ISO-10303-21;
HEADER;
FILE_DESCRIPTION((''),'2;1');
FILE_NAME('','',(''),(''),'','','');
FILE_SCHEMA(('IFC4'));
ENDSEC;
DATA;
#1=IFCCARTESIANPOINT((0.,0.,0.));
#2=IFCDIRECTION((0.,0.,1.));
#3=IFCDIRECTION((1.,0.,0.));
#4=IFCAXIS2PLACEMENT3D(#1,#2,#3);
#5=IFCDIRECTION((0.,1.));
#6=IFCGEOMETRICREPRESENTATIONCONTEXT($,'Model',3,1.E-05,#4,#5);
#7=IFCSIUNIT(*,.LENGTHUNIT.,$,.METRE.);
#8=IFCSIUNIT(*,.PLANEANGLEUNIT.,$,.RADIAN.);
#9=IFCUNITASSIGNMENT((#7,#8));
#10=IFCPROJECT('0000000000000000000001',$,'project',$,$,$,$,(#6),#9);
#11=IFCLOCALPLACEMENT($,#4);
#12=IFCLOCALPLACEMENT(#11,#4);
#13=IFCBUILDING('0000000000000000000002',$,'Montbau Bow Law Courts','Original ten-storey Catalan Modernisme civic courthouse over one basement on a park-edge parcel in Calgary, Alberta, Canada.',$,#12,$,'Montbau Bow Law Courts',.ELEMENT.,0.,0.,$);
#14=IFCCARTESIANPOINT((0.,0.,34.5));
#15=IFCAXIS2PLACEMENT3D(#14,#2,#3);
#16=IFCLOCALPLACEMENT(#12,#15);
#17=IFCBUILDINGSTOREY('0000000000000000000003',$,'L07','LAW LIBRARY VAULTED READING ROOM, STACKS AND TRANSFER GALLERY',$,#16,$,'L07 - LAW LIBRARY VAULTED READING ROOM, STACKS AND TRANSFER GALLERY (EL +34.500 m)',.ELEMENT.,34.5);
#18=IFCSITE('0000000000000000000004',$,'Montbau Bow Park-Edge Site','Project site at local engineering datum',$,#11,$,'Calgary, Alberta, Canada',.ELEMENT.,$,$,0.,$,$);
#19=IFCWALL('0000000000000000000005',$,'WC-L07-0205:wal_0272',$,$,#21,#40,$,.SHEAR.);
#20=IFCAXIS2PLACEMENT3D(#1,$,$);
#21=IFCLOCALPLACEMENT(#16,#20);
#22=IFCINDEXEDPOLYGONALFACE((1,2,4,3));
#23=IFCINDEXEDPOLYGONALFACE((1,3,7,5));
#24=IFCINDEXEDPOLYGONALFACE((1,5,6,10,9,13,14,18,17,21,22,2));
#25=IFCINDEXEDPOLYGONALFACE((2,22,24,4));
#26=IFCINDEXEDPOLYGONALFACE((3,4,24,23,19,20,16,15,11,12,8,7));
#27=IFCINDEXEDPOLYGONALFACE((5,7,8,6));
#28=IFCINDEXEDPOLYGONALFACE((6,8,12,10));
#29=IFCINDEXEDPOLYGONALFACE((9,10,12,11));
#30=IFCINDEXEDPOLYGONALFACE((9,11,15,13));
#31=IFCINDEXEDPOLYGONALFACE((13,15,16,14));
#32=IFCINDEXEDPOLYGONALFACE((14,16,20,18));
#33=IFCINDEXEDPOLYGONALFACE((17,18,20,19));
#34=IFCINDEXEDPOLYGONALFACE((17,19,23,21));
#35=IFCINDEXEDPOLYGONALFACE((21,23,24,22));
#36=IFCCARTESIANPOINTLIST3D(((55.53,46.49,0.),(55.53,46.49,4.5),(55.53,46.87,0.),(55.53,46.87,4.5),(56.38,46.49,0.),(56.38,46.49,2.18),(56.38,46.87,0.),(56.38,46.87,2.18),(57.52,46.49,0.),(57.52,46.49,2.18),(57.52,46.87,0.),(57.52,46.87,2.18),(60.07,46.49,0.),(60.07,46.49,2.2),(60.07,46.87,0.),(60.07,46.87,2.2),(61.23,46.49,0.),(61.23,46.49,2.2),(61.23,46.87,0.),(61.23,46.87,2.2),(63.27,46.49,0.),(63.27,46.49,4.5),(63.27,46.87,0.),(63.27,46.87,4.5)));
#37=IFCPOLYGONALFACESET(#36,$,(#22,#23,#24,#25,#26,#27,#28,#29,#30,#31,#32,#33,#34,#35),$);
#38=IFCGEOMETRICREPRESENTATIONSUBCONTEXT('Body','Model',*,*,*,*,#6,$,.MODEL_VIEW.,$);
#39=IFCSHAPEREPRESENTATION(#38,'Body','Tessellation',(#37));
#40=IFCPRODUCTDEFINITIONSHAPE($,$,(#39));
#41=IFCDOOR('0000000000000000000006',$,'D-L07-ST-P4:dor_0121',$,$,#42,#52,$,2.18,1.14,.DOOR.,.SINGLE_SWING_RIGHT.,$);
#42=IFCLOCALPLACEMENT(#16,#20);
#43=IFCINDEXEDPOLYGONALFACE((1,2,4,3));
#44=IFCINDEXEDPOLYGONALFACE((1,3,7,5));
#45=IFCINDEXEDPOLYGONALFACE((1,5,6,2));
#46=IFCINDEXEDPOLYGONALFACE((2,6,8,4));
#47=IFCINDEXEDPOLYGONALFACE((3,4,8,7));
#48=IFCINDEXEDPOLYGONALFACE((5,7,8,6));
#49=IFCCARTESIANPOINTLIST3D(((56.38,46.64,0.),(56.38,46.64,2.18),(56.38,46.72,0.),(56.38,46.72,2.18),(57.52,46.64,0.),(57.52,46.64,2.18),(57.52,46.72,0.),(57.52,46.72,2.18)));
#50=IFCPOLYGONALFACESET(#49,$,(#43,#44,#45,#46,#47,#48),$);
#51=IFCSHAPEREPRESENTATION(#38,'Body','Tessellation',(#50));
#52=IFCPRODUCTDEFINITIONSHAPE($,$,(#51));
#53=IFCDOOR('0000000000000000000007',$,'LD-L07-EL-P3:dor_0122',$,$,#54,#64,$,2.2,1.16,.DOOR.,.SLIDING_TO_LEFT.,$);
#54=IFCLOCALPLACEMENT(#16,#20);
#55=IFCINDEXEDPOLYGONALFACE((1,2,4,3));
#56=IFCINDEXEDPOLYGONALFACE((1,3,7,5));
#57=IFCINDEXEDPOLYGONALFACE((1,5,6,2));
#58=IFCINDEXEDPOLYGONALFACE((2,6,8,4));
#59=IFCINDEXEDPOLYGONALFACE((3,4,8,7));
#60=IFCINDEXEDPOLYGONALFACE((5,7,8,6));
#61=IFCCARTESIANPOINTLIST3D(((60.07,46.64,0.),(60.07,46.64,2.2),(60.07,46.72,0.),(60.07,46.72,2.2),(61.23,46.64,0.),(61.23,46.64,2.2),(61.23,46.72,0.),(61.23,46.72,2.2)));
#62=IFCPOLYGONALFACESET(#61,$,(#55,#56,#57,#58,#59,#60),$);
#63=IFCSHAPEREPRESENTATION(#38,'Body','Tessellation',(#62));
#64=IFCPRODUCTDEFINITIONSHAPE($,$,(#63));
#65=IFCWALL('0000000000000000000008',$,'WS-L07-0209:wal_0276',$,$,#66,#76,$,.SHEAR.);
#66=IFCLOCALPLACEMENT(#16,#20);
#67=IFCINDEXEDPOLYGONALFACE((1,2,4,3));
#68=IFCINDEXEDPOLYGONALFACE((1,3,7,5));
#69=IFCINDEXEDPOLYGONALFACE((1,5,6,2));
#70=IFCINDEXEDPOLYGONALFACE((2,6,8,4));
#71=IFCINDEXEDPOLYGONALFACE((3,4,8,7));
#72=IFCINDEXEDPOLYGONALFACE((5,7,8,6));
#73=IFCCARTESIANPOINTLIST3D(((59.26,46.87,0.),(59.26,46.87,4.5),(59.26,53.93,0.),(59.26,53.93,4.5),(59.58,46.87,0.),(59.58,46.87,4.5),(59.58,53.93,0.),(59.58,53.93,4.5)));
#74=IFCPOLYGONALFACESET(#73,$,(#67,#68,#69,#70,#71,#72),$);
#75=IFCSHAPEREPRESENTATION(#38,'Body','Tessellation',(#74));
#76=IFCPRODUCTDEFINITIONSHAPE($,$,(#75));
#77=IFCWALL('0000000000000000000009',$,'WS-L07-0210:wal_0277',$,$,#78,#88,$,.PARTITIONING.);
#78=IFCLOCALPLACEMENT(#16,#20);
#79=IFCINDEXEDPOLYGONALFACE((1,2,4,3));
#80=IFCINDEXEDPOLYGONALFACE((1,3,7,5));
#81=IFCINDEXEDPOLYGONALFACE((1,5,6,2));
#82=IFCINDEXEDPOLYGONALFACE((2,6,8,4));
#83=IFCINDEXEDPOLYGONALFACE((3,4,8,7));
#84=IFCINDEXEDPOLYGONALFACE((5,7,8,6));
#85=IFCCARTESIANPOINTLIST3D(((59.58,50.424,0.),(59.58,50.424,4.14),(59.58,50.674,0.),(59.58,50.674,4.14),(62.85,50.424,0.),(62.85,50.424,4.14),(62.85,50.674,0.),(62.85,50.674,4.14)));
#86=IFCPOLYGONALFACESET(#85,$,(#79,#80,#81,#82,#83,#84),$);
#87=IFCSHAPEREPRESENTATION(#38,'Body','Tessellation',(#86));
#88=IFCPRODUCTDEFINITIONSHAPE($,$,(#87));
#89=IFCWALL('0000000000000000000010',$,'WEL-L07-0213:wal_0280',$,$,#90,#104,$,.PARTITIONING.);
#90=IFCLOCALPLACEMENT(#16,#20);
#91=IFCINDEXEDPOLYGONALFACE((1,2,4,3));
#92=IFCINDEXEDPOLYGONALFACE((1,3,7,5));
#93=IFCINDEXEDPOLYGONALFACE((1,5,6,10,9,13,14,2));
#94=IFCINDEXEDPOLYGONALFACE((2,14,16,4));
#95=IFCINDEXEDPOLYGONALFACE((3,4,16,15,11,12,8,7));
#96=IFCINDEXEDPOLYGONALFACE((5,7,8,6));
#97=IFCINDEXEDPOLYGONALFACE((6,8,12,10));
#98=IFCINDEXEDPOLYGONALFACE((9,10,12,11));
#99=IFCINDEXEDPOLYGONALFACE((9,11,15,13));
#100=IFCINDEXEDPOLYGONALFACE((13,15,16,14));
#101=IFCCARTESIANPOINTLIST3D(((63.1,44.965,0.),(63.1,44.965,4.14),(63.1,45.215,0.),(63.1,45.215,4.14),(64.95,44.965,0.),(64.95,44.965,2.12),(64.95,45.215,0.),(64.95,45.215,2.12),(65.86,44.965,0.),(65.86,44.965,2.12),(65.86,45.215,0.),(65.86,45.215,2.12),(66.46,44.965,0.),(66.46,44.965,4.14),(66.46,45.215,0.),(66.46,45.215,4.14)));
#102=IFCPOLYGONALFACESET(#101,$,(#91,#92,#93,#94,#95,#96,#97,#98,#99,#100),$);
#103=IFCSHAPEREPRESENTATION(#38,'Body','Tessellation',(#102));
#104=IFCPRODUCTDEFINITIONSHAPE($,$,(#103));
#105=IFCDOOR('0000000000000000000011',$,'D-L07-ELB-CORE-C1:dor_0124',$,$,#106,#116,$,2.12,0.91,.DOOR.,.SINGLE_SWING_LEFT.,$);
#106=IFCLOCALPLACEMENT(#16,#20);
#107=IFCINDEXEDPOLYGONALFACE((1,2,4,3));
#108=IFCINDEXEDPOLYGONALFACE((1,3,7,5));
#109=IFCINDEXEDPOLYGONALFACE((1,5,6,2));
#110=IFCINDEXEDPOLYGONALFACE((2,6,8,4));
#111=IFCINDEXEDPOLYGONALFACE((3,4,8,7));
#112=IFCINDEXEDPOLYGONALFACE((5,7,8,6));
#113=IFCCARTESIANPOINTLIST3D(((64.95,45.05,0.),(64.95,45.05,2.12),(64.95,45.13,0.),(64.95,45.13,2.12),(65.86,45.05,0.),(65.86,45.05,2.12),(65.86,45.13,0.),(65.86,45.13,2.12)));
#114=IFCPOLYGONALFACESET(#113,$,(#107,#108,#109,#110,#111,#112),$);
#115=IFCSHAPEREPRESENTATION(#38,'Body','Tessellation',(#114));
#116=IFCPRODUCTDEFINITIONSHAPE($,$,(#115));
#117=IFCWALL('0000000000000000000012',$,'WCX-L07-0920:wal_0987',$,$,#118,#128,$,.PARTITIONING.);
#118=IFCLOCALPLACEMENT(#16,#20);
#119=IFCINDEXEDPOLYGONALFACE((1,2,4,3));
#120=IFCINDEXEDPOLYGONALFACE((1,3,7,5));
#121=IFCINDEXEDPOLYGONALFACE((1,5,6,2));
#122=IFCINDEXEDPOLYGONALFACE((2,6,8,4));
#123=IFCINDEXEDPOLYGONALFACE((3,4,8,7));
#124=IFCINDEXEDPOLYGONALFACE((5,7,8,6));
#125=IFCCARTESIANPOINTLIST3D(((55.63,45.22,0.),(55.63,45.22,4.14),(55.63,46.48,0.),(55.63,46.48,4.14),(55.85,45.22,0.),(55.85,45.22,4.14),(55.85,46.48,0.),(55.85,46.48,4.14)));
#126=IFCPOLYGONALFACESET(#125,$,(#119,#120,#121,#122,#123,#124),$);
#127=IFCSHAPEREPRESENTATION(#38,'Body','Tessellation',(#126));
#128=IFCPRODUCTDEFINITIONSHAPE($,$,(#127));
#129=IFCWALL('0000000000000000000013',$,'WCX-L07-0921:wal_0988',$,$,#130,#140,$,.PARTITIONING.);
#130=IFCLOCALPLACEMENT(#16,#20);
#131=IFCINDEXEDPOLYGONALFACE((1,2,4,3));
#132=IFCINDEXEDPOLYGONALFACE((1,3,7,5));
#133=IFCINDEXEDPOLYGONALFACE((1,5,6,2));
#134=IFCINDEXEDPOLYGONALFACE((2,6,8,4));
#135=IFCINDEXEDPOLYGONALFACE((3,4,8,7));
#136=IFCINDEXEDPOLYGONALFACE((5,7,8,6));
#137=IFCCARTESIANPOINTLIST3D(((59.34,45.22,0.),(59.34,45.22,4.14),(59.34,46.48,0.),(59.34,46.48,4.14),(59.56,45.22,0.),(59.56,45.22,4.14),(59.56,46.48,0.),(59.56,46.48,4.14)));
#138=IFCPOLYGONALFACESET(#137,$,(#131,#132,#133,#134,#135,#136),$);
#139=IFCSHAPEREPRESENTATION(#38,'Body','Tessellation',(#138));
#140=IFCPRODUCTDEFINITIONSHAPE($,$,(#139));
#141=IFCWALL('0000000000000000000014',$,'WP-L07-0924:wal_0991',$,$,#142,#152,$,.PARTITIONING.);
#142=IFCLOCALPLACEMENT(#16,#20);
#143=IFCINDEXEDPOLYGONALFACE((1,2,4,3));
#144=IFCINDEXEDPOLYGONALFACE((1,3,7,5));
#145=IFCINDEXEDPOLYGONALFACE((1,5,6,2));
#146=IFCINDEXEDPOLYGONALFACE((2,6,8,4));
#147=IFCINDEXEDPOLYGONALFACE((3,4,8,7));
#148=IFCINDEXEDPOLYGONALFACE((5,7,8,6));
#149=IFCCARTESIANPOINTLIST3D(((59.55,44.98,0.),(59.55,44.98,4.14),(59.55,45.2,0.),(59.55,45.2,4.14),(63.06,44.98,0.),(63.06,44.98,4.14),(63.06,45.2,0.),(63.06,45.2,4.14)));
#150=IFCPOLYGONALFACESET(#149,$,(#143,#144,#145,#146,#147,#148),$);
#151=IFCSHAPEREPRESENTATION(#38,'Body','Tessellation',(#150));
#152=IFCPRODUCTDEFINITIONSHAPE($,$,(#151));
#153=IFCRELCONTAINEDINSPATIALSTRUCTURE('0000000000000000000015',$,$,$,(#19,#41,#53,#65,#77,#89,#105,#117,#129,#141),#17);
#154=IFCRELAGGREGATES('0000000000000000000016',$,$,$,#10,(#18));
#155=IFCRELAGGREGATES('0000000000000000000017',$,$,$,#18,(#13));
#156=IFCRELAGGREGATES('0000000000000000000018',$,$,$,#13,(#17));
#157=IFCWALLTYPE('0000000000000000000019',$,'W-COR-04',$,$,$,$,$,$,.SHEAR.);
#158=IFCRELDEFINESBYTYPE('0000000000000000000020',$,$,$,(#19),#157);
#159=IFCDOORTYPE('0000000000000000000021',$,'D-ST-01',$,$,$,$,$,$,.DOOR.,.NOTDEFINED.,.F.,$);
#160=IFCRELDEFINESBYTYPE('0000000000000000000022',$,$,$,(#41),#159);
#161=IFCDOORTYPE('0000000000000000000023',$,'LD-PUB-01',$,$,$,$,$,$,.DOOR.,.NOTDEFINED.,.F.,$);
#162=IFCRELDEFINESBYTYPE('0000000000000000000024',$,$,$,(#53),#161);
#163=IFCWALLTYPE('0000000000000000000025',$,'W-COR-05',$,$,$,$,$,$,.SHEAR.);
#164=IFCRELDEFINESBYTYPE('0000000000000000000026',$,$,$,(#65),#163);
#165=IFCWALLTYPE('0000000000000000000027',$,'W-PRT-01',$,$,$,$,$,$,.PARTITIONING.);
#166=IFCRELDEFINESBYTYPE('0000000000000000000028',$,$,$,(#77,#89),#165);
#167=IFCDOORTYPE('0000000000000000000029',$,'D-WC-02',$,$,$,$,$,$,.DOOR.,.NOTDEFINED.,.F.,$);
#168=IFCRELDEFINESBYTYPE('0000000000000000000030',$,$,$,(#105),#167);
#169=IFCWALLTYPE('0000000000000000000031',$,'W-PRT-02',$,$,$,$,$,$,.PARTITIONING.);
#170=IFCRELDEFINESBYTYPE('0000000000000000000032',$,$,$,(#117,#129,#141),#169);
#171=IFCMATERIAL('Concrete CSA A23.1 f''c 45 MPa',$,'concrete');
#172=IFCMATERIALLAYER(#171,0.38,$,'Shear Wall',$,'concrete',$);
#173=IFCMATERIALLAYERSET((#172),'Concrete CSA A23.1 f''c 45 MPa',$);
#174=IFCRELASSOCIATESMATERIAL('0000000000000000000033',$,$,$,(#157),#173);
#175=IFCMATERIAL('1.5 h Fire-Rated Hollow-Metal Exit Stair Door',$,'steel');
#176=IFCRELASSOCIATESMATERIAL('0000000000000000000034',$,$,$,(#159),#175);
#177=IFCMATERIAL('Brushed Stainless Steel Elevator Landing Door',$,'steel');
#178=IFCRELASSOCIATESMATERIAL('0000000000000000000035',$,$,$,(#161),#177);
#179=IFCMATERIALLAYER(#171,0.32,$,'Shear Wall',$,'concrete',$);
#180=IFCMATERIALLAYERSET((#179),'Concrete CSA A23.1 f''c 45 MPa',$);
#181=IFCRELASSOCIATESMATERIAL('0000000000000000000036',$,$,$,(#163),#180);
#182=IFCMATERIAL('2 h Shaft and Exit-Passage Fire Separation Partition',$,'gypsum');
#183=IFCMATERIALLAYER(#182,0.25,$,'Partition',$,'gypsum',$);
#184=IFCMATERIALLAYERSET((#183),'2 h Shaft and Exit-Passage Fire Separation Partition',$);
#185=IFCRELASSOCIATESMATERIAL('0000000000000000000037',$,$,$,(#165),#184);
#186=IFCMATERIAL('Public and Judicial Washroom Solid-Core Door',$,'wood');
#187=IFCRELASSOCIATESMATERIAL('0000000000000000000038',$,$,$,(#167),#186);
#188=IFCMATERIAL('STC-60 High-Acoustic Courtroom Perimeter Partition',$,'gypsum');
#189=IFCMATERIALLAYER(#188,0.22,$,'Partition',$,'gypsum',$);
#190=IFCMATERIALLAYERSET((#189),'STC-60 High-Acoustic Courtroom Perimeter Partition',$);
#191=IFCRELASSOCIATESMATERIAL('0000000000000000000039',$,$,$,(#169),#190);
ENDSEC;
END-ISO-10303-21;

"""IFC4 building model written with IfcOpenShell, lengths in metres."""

from ifc_helpers import new_model, si_unit, direction, frame, frame_2d, origin_with_axes, place, context, subcontext, project, spatial, rectangle, extrude, material, layer, layer_set, type_object, element, fill, save


model = new_model("IFC4")

# Units and contexts
model_context = context("Model", 3, precision=1e-05, world=origin_with_axes(), true_north=direction((0.0, 1.0)))
body_context = subcontext(model_context, "Body", "Model", "MODEL_VIEW")
ifc_project = project(units=[si_unit("LENGTHUNIT", "METRE"), si_unit("PLANEANGLEUNIT", "RADIAN")], contexts=[model_context])

# Site, building, storey
site_placement = place(None, origin_with_axes())
site = spatial("IfcSite", under=ifc_project, at=site_placement, Name="Montbau Bow Park-Edge Site", Description="Project site at local engineering datum", LongName="Calgary, Alberta, Canada", CompositionType="ELEMENT", RefElevation=0.0)
building_placement = place(site_placement, origin_with_axes())
building = spatial("IfcBuilding", under=site, at=building_placement, Name="Montbau Bow Law Courts", Description="Original ten-storey Catalan Modernisme civic courthouse over one basement on a park-edge parcel in Calgary, Alberta, Canada.", LongName="Montbau Bow Law Courts", CompositionType="ELEMENT", ElevationOfRefHeight=0.0, ElevationOfTerrain=0.0)
storey_placement = place(building_placement, frame((0.0, 0.0, 34.5), z_axis=(0.0, 0.0, 1.0), x_axis=(1.0, 0.0, 0.0)))
storey = spatial("IfcBuildingStorey", under=building, at=storey_placement, Name="L07", Description="LAW LIBRARY VAULTED READING ROOM, STACKS AND TRANSFER GALLERY", LongName="L07 - LAW LIBRARY VAULTED READING ROOM, STACKS AND TRANSFER GALLERY (EL +34.500 m)", CompositionType="ELEMENT", Elevation=34.5)

# Shared definitions
ifc_material_1 = material(Name="Concrete CSA A23.1 f'c 45 MPa", Category="concrete")

# Wall, openings, doors
ifc_layer_1 = layer(ifc_material_1, 0.38, Name="Shear Wall", Category="concrete")
ifc_layer_set_1 = layer_set([ifc_layer_1], Name="Concrete CSA A23.1 f'c 45 MPa")
wall_type_1 = type_object("IfcWallType", Name="W-COR-04", PredefinedType="SHEAR", material=ifc_layer_set_1)
wall_1_placement = place(None, frame((55.53, 46.68, 34.5), z_axis=(0.0, 0.0, 1.0), x_axis=(1.0, 0.0, 0.0)))
wall_1 = element("IfcWall", 1, at=wall_1_placement, inside=storey, type_object=wall_type_1, Name="WC-L07-0205:wal_0272", PredefinedType="SHEAR", context=body_context, shape_type="SweptSolid", body=[
    extrude(rectangle(XDim=7.74, YDim=0.38, at=frame_2d((3.87, 0.0), x_axis=(1.0, 0.0))), origin_with_axes(), (0.0, 0.0, 1.0), 4.5),
])
opening_1_placement = place(None, frame((56.95, 46.68, 34.5), z_axis=(0.0, 0.0, 1.0), x_axis=(1.0, 0.0, 0.0)))
opening_1 = element("IfcOpeningElement", 2, at=opening_1_placement, cuts=wall_1, PredefinedType="OPENING", context=body_context, shape_type="SweptSolid", body=[
    extrude(rectangle(XDim=1.14, YDim=2.18, at=frame_2d((0.0, 1.09), x_axis=(1.0, 0.0))), frame((0.0, 0.2, 0.0), z_axis=(0.0, -1.0, 0.0), x_axis=(1.0, 0.0, 0.0)), (0.0, 0.0, 1.0), 0.4),
])
opening_2_placement = place(None, frame((60.65, 46.68, 34.5), z_axis=(0.0, 0.0, 1.0), x_axis=(1.0, 0.0, 0.0)))
opening_2 = element("IfcOpeningElement", 3, at=opening_2_placement, cuts=wall_1, PredefinedType="OPENING", context=body_context, shape_type="SweptSolid", body=[
    extrude(rectangle(XDim=1.16, YDim=2.2, at=frame_2d((0.0, 1.1), x_axis=(1.0, 0.0))), frame((0.0, 0.2, 0.0), z_axis=(0.0, -1.0, 0.0), x_axis=(1.0, 0.0, 0.0)), (0.0, 0.0, 1.0), 0.4),
])
ifc_material_2 = material(Name="1.5 h Fire-Rated Hollow-Metal Exit Stair Door", Category="steel")
door_type_1 = type_object("IfcDoorType", Name="D-ST-01", OperationType="NOTDEFINED", ParameterTakesPrecedence=False, PredefinedType="DOOR", material=ifc_material_2)
door_1_placement = place(None, frame((56.95, 46.68, 34.5), z_axis=(0.0, 0.0, 1.0), x_axis=(-1.0, 0.0, 0.0)))
door_1 = element("IfcDoor", 4, at=door_1_placement, inside=storey, type_object=door_type_1, Name="D-L07-ST-P4:dor_0121", OperationType="SINGLE_SWING_RIGHT", OverallHeight=2.18, OverallWidth=1.14, PredefinedType="DOOR", context=body_context, shape_type="SweptSolid", body=[
    extrude(rectangle(XDim=1.14, YDim=2.18, at=frame_2d((0.0, 1.09), x_axis=(1.0, 0.0))), frame((0.0, 0.04, 0.0), z_axis=(0.0, -1.0, 0.0), x_axis=(1.0, 0.0, 0.0)), (0.0, 0.0, 1.0), 0.08),
])
fill(opening_1, door_1)
ifc_material_3 = material(Name="Brushed Stainless Steel Elevator Landing Door", Category="steel")
door_type_2 = type_object("IfcDoorType", Name="LD-PUB-01", OperationType="NOTDEFINED", ParameterTakesPrecedence=False, PredefinedType="DOOR", material=ifc_material_3)
door_2_placement = place(None, frame((60.65, 46.68, 34.5), z_axis=(0.0, 0.0, 1.0), x_axis=(-1.0, 0.0, 0.0)))
door_2 = element("IfcDoor", 5, at=door_2_placement, inside=storey, type_object=door_type_2, Name="LD-L07-EL-P3:dor_0122", OperationType="SLIDING_TO_LEFT", OverallHeight=2.2, OverallWidth=1.16, PredefinedType="DOOR", context=body_context, shape_type="SweptSolid", body=[
    extrude(rectangle(XDim=1.16, YDim=2.2, at=frame_2d((0.0, 1.1), x_axis=(1.0, 0.0))), frame((0.0, 0.04, 0.0), z_axis=(0.0, -1.0, 0.0), x_axis=(1.0, 0.0, 0.0)), (0.0, 0.0, 1.0), 0.08),
])
fill(opening_2, door_2)

# Walls
ifc_layer_2 = layer(ifc_material_1, 0.32, Name="Shear Wall", Category="concrete")
ifc_layer_set_2 = layer_set([ifc_layer_2], Name="Concrete CSA A23.1 f'c 45 MPa")
wall_type_2 = type_object("IfcWallType", Name="W-COR-05", PredefinedType="SHEAR", material=ifc_layer_set_2)
wall_2_placement = place(None, frame((59.42, 46.87, 34.5), z_axis=(0.0, 0.0, 1.0), x_axis=(0.0, 1.0, 0.0)))
element("IfcWall", 6, at=wall_2_placement, inside=storey, type_object=wall_type_2, Name="WS-L07-0209:wal_0276", PredefinedType="SHEAR", context=body_context, shape_type="SweptSolid", body=[
    extrude(rectangle(XDim=7.06, YDim=0.32, at=frame_2d((3.53, 0.0), x_axis=(1.0, 0.0))), origin_with_axes(), (0.0, 0.0, 1.0), 4.5),
])
ifc_material_4 = material(Name="2 h Shaft and Exit-Passage Fire Separation Partition", Category="gypsum")
ifc_layer_3 = layer(ifc_material_4, 0.25, Name="Partition", Category="gypsum")
ifc_layer_set_3 = layer_set([ifc_layer_3], Name="2 h Shaft and Exit-Passage Fire Separation Partition")
wall_type_3 = type_object("IfcWallType", Name="W-PRT-01", PredefinedType="PARTITIONING", material=ifc_layer_set_3)
wall_3_placement = place(None, frame((59.58, 50.549, 34.5), z_axis=(0.0, 0.0, 1.0), x_axis=(1.0, 0.0, 0.0)))
element("IfcWall", 7, at=wall_3_placement, inside=storey, type_object=wall_type_3, Name="WS-L07-0210:wal_0277", PredefinedType="PARTITIONING", context=body_context, shape_type="SweptSolid", body=[
    extrude(rectangle(XDim=3.27, YDim=0.25, at=frame_2d((1.635, 0.0), x_axis=(1.0, 0.0))), origin_with_axes(), (0.0, 0.0, 1.0), 4.14),
])

# Wall, opening, door
wall_4_placement = place(None, frame((63.1, 45.09, 34.5), z_axis=(0.0, 0.0, 1.0), x_axis=(1.0, 0.0, 0.0)))
wall_4 = element("IfcWall", 8, at=wall_4_placement, inside=storey, type_object=wall_type_3, Name="WEL-L07-0213:wal_0280", PredefinedType="PARTITIONING", context=body_context, shape_type="SweptSolid", body=[
    extrude(rectangle(XDim=3.36, YDim=0.25, at=frame_2d((1.68, 0.0), x_axis=(1.0, 0.0))), origin_with_axes(), (0.0, 0.0, 1.0), 4.14),
])
opening_3_placement = place(None, frame((65.405, 45.09, 34.5), z_axis=(0.0, 0.0, 1.0), x_axis=(1.0, 0.0, 0.0)))
opening_3 = element("IfcOpeningElement", 9, at=opening_3_placement, cuts=wall_4, PredefinedType="OPENING", context=body_context, shape_type="SweptSolid", body=[
    extrude(rectangle(XDim=0.91, YDim=2.12, at=frame_2d((0.0, 1.06), x_axis=(1.0, 0.0))), frame((0.0, 0.135, 0.0), z_axis=(0.0, -1.0, 0.0), x_axis=(1.0, 0.0, 0.0)), (0.0, 0.0, 1.0), 0.27),
])
ifc_material_5 = material(Name="Public and Judicial Washroom Solid-Core Door", Category="wood")
door_type_3 = type_object("IfcDoorType", Name="D-WC-02", OperationType="NOTDEFINED", ParameterTakesPrecedence=False, PredefinedType="DOOR", material=ifc_material_5)
door_3_placement = place(None, frame((65.405, 45.09, 34.5), z_axis=(0.0, 0.0, 1.0), x_axis=(1.0, 0.0, 0.0)))
door_3 = element("IfcDoor", 10, at=door_3_placement, inside=storey, type_object=door_type_3, Name="D-L07-ELB-CORE-C1:dor_0124", OperationType="SINGLE_SWING_LEFT", OverallHeight=2.12, OverallWidth=0.91, PredefinedType="DOOR", context=body_context, shape_type="SweptSolid", body=[
    extrude(rectangle(XDim=0.91, YDim=2.12, at=frame_2d((0.0, 1.06), x_axis=(1.0, 0.0))), frame((0.0, 0.04, 0.0), z_axis=(0.0, -1.0, 0.0), x_axis=(1.0, 0.0, 0.0)), (0.0, 0.0, 1.0), 0.08),
])
fill(opening_3, door_3)

# Walls
ifc_material_6 = material(Name="STC-60 High-Acoustic Courtroom Perimeter Partition", Category="gypsum")
ifc_layer_4 = layer(ifc_material_6, 0.22, Name="Partition", Category="gypsum")
ifc_layer_set_4 = layer_set([ifc_layer_4], Name="STC-60 High-Acoustic Courtroom Perimeter Partition")
wall_type_4 = type_object("IfcWallType", Name="W-PRT-02", PredefinedType="PARTITIONING", material=ifc_layer_set_4)
for number, where, z_axis, x_axis, name in (
    (11, (55.74, 45.22, 34.5), (0.0, 0.0, 1.0), (0.0, 1.0, 0.0), "WCX-L07-0920:wal_0987"),
    (12, (59.45, 45.22, 34.5), (0.0, 0.0, 1.0), (0.0, 1.0, 0.0), "WCX-L07-0921:wal_0988"),
):
    element("IfcWall", number, at=place(None, frame(where, z_axis=z_axis, x_axis=x_axis)), inside=storey, type_object=wall_type_4, Name=name, PredefinedType="PARTITIONING", context=body_context, shape_type="SweptSolid", body=[
        extrude(rectangle(XDim=1.26, YDim=0.22, at=frame_2d((0.63, 0.0), x_axis=(1.0, 0.0))), origin_with_axes(), (0.0, 0.0, 1.0), 4.14),
    ])
wall_5_placement = place(None, frame((59.55, 45.09, 34.5), z_axis=(0.0, 0.0, 1.0), x_axis=(1.0, 0.0, 0.0)))
element("IfcWall", 13, at=wall_5_placement, inside=storey, type_object=wall_type_4, Name="WP-L07-0924:wal_0991", PredefinedType="PARTITIONING", context=body_context, shape_type="SweptSolid", body=[
    extrude(rectangle(XDim=3.51, YDim=0.22, at=frame_2d((1.755, 0.0), x_axis=(1.0, 0.0))), origin_with_axes(), (0.0, 0.0, 1.0), 4.14),
])

save(model, "model.ifc")
